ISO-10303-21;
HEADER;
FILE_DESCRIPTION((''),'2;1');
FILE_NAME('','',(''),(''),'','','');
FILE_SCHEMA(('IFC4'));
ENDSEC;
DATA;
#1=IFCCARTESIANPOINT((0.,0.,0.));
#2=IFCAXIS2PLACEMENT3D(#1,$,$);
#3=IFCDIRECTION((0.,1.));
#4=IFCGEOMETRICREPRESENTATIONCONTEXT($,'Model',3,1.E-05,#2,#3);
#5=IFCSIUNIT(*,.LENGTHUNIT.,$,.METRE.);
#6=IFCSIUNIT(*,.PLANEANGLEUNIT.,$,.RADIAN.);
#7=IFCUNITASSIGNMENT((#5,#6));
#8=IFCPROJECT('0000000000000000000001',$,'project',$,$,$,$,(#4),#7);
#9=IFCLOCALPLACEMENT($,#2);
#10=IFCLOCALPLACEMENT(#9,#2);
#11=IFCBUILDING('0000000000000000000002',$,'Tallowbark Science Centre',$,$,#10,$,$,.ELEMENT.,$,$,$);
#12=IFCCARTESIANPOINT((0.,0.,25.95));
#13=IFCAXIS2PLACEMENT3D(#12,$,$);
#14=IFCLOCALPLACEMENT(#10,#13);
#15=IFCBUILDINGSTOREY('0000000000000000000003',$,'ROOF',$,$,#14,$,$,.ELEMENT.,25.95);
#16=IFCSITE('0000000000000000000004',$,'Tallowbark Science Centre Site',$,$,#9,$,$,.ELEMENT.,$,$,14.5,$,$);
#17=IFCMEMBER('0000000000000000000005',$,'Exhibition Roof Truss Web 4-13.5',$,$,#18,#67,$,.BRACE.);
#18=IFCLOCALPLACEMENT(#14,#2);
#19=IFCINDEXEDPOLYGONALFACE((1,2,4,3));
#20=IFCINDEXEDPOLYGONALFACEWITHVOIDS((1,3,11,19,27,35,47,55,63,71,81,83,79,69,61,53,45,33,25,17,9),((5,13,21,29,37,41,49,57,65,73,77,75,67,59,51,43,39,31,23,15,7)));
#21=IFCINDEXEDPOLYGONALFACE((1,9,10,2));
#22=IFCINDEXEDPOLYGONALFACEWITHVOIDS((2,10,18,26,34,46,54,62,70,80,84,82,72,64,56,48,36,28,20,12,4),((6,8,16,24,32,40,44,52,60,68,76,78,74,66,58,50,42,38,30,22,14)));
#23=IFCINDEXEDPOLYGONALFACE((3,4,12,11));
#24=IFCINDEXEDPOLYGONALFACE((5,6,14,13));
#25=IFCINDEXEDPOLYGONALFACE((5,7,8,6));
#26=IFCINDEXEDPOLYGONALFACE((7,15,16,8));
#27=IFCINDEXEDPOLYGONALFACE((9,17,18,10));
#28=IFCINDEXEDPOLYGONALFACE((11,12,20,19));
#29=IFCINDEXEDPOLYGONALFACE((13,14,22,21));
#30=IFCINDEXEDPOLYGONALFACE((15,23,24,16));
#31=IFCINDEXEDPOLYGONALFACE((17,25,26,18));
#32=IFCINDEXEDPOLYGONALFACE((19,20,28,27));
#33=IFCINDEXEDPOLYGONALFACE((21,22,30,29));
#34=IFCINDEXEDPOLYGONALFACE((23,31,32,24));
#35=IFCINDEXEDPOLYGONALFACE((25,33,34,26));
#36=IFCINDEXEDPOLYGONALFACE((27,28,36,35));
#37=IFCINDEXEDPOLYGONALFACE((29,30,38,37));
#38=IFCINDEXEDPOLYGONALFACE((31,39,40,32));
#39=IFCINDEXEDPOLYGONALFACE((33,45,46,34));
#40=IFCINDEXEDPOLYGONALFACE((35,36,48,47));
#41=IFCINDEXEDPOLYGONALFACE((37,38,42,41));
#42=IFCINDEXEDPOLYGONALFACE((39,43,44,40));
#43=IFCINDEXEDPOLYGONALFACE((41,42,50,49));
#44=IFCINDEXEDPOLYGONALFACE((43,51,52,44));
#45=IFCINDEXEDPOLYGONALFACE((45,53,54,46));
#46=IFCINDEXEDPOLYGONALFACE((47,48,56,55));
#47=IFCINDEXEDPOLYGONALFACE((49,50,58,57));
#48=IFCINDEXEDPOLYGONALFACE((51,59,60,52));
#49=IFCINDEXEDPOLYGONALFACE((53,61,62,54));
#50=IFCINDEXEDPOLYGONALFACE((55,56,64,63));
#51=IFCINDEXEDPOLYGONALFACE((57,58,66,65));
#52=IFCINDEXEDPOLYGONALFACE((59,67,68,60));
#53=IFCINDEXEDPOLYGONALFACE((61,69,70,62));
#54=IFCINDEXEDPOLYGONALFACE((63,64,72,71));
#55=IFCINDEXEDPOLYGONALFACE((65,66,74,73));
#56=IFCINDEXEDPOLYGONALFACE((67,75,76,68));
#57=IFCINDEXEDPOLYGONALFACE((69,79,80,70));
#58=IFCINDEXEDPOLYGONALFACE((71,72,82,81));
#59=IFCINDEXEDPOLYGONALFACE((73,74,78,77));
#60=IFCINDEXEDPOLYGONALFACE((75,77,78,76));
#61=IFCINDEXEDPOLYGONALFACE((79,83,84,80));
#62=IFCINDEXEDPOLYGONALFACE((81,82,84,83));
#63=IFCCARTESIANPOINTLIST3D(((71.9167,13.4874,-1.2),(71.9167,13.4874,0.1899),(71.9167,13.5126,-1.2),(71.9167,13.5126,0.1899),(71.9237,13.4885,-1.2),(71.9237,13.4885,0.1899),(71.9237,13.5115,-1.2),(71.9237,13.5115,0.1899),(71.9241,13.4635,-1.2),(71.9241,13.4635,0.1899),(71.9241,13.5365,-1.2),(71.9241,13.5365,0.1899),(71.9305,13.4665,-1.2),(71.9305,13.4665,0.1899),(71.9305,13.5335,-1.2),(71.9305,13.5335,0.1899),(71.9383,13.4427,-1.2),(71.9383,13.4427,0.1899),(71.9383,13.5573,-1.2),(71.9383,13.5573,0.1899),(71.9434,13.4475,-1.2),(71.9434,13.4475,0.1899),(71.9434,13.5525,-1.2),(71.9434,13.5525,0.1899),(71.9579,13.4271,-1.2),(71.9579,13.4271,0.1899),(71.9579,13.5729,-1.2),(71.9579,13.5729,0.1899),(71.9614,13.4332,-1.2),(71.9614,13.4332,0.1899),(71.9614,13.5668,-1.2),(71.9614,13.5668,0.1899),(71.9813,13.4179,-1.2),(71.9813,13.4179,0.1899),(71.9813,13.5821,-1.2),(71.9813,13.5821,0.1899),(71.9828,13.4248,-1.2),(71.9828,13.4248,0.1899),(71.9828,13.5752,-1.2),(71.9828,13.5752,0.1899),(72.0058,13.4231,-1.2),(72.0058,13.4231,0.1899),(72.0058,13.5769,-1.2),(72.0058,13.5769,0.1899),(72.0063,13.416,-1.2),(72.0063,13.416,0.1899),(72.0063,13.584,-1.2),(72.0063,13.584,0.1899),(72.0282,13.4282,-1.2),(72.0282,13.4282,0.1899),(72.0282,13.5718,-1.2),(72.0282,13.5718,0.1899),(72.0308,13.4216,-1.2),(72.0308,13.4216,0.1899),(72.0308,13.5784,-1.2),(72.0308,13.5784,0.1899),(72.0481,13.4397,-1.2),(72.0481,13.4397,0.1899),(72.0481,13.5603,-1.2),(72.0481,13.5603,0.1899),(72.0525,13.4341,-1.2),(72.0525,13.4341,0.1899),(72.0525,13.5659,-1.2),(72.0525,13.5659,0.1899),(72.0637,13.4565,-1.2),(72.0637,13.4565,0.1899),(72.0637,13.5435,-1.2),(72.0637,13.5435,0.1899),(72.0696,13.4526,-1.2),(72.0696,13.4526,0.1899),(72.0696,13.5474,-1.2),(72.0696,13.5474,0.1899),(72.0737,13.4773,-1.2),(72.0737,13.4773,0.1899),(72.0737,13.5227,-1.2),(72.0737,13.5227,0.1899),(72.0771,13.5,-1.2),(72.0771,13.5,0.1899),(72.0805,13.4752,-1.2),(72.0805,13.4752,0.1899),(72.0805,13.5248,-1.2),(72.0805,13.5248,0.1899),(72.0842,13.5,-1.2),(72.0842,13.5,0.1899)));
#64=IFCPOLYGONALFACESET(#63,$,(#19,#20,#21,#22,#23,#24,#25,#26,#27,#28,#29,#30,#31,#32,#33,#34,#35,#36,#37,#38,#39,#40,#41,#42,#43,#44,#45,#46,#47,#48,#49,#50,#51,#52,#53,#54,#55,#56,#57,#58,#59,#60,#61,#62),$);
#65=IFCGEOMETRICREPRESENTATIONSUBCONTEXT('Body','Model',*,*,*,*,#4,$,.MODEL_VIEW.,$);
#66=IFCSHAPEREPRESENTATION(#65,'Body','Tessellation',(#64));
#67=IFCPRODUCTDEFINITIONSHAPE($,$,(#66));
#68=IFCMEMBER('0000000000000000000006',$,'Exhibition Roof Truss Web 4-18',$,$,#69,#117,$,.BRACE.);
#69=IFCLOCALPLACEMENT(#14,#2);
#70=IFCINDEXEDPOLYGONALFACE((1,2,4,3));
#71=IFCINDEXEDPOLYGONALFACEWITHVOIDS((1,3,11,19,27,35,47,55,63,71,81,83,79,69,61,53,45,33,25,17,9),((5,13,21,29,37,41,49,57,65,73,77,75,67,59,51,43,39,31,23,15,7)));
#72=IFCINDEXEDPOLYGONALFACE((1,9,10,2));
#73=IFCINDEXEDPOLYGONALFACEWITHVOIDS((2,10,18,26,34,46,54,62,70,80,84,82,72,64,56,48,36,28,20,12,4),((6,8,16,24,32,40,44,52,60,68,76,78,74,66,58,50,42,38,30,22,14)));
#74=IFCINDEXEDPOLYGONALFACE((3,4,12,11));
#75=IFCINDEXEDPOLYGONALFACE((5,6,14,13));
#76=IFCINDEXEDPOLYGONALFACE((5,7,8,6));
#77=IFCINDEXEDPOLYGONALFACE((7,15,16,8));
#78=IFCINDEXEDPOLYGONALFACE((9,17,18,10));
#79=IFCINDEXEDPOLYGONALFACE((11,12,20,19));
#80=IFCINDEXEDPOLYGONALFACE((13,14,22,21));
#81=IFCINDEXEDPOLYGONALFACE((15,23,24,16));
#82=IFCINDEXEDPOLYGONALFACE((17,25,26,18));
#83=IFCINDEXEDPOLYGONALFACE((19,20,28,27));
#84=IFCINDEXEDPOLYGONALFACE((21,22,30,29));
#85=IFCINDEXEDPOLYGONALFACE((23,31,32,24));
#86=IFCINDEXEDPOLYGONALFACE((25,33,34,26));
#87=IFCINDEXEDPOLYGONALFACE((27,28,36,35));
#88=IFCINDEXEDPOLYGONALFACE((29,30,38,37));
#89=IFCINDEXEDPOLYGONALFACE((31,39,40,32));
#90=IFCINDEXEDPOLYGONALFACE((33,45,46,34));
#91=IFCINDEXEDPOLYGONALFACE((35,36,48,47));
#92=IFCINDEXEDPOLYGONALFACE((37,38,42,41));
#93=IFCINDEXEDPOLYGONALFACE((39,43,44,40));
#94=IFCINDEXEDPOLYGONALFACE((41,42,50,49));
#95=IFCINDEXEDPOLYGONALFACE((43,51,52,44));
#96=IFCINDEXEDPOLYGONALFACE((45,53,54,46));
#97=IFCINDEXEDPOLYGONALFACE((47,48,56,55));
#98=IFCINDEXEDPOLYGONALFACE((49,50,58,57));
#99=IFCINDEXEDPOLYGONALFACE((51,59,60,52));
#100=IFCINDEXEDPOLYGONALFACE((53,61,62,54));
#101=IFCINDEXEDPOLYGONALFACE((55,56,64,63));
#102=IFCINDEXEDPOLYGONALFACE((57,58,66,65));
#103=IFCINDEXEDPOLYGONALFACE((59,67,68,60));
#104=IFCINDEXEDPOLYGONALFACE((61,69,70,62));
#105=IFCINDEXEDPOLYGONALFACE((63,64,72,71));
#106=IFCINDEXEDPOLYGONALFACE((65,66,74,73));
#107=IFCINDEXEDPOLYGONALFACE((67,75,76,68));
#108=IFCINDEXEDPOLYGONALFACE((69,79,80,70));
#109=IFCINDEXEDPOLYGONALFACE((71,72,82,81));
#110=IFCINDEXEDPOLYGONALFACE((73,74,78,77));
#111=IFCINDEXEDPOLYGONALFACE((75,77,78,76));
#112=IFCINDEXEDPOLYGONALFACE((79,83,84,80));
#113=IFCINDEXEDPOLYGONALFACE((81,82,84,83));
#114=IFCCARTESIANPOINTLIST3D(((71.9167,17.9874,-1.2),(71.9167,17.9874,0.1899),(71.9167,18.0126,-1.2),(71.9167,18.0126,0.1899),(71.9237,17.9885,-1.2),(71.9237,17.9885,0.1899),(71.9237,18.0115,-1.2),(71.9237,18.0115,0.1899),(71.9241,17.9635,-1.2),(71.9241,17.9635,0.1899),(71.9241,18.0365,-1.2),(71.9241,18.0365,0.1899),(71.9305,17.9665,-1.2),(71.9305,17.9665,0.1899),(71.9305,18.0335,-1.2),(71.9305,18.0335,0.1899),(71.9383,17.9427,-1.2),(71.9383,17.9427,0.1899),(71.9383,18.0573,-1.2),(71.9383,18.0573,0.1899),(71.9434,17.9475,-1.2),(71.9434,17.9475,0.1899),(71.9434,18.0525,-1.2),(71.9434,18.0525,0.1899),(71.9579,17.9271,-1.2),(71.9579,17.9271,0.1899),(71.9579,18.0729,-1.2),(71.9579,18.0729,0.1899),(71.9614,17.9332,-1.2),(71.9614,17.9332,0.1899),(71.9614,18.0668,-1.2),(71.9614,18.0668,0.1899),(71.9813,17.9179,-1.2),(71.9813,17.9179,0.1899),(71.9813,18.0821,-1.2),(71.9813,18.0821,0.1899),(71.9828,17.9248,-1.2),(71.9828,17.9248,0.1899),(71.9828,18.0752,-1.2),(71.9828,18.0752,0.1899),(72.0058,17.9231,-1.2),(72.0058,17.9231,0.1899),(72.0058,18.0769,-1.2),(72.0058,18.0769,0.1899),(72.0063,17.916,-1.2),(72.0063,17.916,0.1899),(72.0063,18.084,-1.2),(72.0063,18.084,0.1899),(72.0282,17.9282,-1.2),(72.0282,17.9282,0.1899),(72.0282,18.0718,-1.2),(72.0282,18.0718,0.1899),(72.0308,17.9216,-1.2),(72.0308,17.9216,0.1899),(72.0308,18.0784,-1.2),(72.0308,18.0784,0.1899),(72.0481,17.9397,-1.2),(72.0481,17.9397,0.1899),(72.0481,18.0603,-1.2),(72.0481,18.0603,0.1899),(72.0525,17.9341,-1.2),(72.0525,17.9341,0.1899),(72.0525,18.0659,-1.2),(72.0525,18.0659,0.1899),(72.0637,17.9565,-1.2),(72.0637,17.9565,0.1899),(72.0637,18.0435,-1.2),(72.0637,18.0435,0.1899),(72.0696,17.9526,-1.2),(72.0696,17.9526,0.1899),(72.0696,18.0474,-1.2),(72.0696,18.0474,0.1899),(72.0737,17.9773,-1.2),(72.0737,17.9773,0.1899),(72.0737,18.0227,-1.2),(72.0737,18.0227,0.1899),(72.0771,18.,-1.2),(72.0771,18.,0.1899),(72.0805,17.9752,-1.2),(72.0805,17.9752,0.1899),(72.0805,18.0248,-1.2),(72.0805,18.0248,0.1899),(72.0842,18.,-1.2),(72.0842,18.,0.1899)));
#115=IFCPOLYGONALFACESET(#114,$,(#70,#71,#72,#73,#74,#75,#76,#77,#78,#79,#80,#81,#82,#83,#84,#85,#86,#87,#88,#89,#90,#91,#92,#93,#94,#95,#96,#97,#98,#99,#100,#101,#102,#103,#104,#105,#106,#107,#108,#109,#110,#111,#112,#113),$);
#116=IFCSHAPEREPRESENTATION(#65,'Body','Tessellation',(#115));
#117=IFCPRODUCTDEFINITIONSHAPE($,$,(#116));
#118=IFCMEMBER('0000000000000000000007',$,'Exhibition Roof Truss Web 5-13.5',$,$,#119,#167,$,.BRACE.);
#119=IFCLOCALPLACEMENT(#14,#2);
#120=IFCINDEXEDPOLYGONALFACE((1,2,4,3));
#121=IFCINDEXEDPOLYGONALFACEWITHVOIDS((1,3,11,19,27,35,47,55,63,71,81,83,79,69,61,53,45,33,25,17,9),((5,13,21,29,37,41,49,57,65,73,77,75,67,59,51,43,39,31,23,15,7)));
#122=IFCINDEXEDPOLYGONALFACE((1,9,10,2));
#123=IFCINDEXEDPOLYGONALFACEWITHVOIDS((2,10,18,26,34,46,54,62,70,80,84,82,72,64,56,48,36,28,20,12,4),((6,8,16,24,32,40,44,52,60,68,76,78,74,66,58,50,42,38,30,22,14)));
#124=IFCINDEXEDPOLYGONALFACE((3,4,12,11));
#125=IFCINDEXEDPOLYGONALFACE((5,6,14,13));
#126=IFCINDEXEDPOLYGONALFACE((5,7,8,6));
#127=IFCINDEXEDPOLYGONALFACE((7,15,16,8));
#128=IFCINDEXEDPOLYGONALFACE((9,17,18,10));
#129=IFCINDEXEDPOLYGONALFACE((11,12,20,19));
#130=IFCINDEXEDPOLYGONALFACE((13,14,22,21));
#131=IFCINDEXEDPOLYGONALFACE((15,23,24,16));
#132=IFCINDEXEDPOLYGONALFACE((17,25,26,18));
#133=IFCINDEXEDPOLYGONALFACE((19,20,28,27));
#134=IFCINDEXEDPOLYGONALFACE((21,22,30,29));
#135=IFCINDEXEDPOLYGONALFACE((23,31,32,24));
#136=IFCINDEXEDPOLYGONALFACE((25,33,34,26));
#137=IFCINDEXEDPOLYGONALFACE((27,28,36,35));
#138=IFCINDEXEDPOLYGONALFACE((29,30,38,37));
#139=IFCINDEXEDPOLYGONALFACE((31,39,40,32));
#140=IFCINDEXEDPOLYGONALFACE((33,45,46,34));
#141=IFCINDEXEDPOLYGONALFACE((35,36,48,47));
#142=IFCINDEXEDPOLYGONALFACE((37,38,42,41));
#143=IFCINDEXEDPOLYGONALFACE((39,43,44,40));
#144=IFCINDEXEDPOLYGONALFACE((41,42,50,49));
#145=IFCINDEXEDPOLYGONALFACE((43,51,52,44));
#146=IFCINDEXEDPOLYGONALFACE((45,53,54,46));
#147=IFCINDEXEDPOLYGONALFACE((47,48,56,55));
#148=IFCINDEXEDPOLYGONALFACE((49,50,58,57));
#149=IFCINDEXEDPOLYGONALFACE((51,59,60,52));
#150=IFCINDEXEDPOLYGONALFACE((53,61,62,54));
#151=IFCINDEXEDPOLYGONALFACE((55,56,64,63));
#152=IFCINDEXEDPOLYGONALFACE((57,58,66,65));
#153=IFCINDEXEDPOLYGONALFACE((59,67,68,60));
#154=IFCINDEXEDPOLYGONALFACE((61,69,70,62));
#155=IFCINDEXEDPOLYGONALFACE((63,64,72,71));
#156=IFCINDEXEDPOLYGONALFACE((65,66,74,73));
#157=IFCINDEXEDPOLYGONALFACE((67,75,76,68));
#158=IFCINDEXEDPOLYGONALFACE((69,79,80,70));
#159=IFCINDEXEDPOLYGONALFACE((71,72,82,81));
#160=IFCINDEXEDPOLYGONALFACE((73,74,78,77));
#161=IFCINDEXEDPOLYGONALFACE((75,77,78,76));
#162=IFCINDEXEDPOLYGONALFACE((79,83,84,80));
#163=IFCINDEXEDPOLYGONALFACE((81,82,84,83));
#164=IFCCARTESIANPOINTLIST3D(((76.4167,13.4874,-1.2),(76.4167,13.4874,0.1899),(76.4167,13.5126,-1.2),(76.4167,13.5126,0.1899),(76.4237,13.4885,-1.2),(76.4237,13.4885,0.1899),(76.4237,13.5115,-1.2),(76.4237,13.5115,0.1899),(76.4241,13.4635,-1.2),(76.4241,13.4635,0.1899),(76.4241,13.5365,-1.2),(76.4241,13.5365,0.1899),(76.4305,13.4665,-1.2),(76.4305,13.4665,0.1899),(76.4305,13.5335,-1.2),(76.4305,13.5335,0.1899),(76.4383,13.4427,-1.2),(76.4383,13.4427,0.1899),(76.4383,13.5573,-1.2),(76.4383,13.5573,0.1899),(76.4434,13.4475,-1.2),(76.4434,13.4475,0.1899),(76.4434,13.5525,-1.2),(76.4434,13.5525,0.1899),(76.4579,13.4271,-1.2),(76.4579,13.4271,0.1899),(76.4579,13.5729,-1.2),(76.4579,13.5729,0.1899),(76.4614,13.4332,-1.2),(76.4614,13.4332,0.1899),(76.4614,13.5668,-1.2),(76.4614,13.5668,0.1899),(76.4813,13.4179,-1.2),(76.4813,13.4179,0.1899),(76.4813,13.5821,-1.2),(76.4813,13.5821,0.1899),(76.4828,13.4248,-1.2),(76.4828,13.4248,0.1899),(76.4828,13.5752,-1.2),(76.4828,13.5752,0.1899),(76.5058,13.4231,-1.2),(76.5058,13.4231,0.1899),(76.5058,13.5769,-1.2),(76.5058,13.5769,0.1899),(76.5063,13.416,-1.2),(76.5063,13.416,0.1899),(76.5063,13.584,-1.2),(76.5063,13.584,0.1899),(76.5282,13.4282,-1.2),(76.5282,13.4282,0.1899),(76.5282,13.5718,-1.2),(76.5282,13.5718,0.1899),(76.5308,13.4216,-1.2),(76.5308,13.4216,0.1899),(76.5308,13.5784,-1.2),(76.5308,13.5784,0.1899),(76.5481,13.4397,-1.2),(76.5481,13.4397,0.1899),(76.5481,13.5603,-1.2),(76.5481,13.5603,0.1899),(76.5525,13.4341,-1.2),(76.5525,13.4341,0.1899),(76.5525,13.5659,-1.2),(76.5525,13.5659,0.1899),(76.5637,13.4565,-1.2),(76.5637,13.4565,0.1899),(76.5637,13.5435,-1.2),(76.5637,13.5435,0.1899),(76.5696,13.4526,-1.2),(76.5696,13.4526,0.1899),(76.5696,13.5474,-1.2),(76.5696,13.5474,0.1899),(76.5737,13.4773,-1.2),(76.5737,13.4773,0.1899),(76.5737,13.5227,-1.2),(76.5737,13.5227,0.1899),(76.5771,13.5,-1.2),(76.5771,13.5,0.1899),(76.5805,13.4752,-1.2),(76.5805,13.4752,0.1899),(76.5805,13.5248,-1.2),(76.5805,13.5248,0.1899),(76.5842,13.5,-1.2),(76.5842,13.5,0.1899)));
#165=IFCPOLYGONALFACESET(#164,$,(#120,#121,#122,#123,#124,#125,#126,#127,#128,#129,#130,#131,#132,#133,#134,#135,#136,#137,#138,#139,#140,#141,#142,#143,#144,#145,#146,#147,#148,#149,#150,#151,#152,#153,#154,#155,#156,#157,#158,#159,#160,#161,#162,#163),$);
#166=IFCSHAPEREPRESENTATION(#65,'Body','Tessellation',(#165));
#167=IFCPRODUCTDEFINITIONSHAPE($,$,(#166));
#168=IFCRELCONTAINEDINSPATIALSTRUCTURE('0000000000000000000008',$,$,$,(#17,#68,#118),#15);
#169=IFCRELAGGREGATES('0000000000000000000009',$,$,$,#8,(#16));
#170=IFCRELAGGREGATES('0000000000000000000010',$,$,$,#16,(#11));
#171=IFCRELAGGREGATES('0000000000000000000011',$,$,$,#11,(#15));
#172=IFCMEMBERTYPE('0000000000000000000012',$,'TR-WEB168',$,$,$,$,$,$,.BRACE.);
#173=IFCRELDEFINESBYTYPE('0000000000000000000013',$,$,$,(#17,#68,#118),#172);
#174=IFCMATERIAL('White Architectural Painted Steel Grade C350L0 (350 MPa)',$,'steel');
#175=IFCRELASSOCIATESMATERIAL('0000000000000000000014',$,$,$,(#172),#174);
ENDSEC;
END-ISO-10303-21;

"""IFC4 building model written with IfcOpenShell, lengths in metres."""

from ifc_helpers import new_model, si_unit, direction, frame, origin, origin_2d, place, context, subcontext, project, spatial, hollow_circle, extrude, material, material_profile, profile_set, type_object, element, save


model = new_model("IFC4")

# Units and contexts
model_context = context("Model", 3, precision=1e-05, world=origin(), true_north=direction((0.0, 1.0)))
body_context = subcontext(model_context, "Body", "Model", "MODEL_VIEW")
ifc_project = project(units=[si_unit("LENGTHUNIT", "METRE"), si_unit("PLANEANGLEUNIT", "RADIAN")], contexts=[model_context])

# Site, building, storey
site_placement = place(None, origin())
site = spatial("IfcSite", under=ifc_project, at=site_placement, Name="Tallowbark Science Centre Site", CompositionType="ELEMENT", RefElevation=14.5)
building_placement = place(site_placement, origin())
building = spatial("IfcBuilding", under=site, at=building_placement, Name="Tallowbark Science Centre", CompositionType="ELEMENT")
storey_placement = place(building_placement, frame((0.0, 0.0, 25.95)))
storey = spatial("IfcBuildingStorey", under=building, at=storey_placement, Name="ROOF", CompositionType="ELEMENT", Elevation=25.95)

# Members
ifc_material_1 = material(Name="White Architectural Painted Steel Grade C350L0 (350 MPa)", Category="steel")
ifc_material_profile_1 = material_profile(ifc_material_1, hollow_circle(Radius=0.0842, WallThickness=0.0071, at=origin_2d()), Name="168.3x7.1CHS")
ifc_profile_set_1 = profile_set([ifc_material_profile_1], Name="White Architectural Painted Steel Grade C350L0 (350 MPa)")
member_type_1 = type_object("IfcMemberType", Name="TR-WEB168", PredefinedType="BRACE", material=ifc_profile_set_1)
for number, where, z_axis, x_axis, name in (
    (1, (72.0, 13.5, -1.2), (0.0, 0.0, 1.0), (1.0, 0.0, 0.0), "Exhibition Roof Truss Web 4-13.5"),
    (2, (72.0, 18.0, -1.2), (0.0, 0.0, 1.0), (1.0, 0.0, 0.0), "Exhibition Roof Truss Web 4-18"),
    (3, (76.5, 13.5, -1.2), (0.0, 0.0, 1.0), (1.0, 0.0, 0.0), "Exhibition Roof Truss Web 5-13.5"),
):
    element("IfcMember", number, at=place(storey_placement, frame(where, z_axis=z_axis, x_axis=x_axis)), inside=storey, type_object=member_type_1, Name=name, PredefinedType="BRACE", context=body_context, shape_type="SweptSolid", body=[
        extrude(hollow_circle(Radius=0.0842, WallThickness=0.0071, at=origin_2d()), origin(), (0.0, 0.0, 1.0), 1.3899),
    ])

save(model, "model.ifc")
